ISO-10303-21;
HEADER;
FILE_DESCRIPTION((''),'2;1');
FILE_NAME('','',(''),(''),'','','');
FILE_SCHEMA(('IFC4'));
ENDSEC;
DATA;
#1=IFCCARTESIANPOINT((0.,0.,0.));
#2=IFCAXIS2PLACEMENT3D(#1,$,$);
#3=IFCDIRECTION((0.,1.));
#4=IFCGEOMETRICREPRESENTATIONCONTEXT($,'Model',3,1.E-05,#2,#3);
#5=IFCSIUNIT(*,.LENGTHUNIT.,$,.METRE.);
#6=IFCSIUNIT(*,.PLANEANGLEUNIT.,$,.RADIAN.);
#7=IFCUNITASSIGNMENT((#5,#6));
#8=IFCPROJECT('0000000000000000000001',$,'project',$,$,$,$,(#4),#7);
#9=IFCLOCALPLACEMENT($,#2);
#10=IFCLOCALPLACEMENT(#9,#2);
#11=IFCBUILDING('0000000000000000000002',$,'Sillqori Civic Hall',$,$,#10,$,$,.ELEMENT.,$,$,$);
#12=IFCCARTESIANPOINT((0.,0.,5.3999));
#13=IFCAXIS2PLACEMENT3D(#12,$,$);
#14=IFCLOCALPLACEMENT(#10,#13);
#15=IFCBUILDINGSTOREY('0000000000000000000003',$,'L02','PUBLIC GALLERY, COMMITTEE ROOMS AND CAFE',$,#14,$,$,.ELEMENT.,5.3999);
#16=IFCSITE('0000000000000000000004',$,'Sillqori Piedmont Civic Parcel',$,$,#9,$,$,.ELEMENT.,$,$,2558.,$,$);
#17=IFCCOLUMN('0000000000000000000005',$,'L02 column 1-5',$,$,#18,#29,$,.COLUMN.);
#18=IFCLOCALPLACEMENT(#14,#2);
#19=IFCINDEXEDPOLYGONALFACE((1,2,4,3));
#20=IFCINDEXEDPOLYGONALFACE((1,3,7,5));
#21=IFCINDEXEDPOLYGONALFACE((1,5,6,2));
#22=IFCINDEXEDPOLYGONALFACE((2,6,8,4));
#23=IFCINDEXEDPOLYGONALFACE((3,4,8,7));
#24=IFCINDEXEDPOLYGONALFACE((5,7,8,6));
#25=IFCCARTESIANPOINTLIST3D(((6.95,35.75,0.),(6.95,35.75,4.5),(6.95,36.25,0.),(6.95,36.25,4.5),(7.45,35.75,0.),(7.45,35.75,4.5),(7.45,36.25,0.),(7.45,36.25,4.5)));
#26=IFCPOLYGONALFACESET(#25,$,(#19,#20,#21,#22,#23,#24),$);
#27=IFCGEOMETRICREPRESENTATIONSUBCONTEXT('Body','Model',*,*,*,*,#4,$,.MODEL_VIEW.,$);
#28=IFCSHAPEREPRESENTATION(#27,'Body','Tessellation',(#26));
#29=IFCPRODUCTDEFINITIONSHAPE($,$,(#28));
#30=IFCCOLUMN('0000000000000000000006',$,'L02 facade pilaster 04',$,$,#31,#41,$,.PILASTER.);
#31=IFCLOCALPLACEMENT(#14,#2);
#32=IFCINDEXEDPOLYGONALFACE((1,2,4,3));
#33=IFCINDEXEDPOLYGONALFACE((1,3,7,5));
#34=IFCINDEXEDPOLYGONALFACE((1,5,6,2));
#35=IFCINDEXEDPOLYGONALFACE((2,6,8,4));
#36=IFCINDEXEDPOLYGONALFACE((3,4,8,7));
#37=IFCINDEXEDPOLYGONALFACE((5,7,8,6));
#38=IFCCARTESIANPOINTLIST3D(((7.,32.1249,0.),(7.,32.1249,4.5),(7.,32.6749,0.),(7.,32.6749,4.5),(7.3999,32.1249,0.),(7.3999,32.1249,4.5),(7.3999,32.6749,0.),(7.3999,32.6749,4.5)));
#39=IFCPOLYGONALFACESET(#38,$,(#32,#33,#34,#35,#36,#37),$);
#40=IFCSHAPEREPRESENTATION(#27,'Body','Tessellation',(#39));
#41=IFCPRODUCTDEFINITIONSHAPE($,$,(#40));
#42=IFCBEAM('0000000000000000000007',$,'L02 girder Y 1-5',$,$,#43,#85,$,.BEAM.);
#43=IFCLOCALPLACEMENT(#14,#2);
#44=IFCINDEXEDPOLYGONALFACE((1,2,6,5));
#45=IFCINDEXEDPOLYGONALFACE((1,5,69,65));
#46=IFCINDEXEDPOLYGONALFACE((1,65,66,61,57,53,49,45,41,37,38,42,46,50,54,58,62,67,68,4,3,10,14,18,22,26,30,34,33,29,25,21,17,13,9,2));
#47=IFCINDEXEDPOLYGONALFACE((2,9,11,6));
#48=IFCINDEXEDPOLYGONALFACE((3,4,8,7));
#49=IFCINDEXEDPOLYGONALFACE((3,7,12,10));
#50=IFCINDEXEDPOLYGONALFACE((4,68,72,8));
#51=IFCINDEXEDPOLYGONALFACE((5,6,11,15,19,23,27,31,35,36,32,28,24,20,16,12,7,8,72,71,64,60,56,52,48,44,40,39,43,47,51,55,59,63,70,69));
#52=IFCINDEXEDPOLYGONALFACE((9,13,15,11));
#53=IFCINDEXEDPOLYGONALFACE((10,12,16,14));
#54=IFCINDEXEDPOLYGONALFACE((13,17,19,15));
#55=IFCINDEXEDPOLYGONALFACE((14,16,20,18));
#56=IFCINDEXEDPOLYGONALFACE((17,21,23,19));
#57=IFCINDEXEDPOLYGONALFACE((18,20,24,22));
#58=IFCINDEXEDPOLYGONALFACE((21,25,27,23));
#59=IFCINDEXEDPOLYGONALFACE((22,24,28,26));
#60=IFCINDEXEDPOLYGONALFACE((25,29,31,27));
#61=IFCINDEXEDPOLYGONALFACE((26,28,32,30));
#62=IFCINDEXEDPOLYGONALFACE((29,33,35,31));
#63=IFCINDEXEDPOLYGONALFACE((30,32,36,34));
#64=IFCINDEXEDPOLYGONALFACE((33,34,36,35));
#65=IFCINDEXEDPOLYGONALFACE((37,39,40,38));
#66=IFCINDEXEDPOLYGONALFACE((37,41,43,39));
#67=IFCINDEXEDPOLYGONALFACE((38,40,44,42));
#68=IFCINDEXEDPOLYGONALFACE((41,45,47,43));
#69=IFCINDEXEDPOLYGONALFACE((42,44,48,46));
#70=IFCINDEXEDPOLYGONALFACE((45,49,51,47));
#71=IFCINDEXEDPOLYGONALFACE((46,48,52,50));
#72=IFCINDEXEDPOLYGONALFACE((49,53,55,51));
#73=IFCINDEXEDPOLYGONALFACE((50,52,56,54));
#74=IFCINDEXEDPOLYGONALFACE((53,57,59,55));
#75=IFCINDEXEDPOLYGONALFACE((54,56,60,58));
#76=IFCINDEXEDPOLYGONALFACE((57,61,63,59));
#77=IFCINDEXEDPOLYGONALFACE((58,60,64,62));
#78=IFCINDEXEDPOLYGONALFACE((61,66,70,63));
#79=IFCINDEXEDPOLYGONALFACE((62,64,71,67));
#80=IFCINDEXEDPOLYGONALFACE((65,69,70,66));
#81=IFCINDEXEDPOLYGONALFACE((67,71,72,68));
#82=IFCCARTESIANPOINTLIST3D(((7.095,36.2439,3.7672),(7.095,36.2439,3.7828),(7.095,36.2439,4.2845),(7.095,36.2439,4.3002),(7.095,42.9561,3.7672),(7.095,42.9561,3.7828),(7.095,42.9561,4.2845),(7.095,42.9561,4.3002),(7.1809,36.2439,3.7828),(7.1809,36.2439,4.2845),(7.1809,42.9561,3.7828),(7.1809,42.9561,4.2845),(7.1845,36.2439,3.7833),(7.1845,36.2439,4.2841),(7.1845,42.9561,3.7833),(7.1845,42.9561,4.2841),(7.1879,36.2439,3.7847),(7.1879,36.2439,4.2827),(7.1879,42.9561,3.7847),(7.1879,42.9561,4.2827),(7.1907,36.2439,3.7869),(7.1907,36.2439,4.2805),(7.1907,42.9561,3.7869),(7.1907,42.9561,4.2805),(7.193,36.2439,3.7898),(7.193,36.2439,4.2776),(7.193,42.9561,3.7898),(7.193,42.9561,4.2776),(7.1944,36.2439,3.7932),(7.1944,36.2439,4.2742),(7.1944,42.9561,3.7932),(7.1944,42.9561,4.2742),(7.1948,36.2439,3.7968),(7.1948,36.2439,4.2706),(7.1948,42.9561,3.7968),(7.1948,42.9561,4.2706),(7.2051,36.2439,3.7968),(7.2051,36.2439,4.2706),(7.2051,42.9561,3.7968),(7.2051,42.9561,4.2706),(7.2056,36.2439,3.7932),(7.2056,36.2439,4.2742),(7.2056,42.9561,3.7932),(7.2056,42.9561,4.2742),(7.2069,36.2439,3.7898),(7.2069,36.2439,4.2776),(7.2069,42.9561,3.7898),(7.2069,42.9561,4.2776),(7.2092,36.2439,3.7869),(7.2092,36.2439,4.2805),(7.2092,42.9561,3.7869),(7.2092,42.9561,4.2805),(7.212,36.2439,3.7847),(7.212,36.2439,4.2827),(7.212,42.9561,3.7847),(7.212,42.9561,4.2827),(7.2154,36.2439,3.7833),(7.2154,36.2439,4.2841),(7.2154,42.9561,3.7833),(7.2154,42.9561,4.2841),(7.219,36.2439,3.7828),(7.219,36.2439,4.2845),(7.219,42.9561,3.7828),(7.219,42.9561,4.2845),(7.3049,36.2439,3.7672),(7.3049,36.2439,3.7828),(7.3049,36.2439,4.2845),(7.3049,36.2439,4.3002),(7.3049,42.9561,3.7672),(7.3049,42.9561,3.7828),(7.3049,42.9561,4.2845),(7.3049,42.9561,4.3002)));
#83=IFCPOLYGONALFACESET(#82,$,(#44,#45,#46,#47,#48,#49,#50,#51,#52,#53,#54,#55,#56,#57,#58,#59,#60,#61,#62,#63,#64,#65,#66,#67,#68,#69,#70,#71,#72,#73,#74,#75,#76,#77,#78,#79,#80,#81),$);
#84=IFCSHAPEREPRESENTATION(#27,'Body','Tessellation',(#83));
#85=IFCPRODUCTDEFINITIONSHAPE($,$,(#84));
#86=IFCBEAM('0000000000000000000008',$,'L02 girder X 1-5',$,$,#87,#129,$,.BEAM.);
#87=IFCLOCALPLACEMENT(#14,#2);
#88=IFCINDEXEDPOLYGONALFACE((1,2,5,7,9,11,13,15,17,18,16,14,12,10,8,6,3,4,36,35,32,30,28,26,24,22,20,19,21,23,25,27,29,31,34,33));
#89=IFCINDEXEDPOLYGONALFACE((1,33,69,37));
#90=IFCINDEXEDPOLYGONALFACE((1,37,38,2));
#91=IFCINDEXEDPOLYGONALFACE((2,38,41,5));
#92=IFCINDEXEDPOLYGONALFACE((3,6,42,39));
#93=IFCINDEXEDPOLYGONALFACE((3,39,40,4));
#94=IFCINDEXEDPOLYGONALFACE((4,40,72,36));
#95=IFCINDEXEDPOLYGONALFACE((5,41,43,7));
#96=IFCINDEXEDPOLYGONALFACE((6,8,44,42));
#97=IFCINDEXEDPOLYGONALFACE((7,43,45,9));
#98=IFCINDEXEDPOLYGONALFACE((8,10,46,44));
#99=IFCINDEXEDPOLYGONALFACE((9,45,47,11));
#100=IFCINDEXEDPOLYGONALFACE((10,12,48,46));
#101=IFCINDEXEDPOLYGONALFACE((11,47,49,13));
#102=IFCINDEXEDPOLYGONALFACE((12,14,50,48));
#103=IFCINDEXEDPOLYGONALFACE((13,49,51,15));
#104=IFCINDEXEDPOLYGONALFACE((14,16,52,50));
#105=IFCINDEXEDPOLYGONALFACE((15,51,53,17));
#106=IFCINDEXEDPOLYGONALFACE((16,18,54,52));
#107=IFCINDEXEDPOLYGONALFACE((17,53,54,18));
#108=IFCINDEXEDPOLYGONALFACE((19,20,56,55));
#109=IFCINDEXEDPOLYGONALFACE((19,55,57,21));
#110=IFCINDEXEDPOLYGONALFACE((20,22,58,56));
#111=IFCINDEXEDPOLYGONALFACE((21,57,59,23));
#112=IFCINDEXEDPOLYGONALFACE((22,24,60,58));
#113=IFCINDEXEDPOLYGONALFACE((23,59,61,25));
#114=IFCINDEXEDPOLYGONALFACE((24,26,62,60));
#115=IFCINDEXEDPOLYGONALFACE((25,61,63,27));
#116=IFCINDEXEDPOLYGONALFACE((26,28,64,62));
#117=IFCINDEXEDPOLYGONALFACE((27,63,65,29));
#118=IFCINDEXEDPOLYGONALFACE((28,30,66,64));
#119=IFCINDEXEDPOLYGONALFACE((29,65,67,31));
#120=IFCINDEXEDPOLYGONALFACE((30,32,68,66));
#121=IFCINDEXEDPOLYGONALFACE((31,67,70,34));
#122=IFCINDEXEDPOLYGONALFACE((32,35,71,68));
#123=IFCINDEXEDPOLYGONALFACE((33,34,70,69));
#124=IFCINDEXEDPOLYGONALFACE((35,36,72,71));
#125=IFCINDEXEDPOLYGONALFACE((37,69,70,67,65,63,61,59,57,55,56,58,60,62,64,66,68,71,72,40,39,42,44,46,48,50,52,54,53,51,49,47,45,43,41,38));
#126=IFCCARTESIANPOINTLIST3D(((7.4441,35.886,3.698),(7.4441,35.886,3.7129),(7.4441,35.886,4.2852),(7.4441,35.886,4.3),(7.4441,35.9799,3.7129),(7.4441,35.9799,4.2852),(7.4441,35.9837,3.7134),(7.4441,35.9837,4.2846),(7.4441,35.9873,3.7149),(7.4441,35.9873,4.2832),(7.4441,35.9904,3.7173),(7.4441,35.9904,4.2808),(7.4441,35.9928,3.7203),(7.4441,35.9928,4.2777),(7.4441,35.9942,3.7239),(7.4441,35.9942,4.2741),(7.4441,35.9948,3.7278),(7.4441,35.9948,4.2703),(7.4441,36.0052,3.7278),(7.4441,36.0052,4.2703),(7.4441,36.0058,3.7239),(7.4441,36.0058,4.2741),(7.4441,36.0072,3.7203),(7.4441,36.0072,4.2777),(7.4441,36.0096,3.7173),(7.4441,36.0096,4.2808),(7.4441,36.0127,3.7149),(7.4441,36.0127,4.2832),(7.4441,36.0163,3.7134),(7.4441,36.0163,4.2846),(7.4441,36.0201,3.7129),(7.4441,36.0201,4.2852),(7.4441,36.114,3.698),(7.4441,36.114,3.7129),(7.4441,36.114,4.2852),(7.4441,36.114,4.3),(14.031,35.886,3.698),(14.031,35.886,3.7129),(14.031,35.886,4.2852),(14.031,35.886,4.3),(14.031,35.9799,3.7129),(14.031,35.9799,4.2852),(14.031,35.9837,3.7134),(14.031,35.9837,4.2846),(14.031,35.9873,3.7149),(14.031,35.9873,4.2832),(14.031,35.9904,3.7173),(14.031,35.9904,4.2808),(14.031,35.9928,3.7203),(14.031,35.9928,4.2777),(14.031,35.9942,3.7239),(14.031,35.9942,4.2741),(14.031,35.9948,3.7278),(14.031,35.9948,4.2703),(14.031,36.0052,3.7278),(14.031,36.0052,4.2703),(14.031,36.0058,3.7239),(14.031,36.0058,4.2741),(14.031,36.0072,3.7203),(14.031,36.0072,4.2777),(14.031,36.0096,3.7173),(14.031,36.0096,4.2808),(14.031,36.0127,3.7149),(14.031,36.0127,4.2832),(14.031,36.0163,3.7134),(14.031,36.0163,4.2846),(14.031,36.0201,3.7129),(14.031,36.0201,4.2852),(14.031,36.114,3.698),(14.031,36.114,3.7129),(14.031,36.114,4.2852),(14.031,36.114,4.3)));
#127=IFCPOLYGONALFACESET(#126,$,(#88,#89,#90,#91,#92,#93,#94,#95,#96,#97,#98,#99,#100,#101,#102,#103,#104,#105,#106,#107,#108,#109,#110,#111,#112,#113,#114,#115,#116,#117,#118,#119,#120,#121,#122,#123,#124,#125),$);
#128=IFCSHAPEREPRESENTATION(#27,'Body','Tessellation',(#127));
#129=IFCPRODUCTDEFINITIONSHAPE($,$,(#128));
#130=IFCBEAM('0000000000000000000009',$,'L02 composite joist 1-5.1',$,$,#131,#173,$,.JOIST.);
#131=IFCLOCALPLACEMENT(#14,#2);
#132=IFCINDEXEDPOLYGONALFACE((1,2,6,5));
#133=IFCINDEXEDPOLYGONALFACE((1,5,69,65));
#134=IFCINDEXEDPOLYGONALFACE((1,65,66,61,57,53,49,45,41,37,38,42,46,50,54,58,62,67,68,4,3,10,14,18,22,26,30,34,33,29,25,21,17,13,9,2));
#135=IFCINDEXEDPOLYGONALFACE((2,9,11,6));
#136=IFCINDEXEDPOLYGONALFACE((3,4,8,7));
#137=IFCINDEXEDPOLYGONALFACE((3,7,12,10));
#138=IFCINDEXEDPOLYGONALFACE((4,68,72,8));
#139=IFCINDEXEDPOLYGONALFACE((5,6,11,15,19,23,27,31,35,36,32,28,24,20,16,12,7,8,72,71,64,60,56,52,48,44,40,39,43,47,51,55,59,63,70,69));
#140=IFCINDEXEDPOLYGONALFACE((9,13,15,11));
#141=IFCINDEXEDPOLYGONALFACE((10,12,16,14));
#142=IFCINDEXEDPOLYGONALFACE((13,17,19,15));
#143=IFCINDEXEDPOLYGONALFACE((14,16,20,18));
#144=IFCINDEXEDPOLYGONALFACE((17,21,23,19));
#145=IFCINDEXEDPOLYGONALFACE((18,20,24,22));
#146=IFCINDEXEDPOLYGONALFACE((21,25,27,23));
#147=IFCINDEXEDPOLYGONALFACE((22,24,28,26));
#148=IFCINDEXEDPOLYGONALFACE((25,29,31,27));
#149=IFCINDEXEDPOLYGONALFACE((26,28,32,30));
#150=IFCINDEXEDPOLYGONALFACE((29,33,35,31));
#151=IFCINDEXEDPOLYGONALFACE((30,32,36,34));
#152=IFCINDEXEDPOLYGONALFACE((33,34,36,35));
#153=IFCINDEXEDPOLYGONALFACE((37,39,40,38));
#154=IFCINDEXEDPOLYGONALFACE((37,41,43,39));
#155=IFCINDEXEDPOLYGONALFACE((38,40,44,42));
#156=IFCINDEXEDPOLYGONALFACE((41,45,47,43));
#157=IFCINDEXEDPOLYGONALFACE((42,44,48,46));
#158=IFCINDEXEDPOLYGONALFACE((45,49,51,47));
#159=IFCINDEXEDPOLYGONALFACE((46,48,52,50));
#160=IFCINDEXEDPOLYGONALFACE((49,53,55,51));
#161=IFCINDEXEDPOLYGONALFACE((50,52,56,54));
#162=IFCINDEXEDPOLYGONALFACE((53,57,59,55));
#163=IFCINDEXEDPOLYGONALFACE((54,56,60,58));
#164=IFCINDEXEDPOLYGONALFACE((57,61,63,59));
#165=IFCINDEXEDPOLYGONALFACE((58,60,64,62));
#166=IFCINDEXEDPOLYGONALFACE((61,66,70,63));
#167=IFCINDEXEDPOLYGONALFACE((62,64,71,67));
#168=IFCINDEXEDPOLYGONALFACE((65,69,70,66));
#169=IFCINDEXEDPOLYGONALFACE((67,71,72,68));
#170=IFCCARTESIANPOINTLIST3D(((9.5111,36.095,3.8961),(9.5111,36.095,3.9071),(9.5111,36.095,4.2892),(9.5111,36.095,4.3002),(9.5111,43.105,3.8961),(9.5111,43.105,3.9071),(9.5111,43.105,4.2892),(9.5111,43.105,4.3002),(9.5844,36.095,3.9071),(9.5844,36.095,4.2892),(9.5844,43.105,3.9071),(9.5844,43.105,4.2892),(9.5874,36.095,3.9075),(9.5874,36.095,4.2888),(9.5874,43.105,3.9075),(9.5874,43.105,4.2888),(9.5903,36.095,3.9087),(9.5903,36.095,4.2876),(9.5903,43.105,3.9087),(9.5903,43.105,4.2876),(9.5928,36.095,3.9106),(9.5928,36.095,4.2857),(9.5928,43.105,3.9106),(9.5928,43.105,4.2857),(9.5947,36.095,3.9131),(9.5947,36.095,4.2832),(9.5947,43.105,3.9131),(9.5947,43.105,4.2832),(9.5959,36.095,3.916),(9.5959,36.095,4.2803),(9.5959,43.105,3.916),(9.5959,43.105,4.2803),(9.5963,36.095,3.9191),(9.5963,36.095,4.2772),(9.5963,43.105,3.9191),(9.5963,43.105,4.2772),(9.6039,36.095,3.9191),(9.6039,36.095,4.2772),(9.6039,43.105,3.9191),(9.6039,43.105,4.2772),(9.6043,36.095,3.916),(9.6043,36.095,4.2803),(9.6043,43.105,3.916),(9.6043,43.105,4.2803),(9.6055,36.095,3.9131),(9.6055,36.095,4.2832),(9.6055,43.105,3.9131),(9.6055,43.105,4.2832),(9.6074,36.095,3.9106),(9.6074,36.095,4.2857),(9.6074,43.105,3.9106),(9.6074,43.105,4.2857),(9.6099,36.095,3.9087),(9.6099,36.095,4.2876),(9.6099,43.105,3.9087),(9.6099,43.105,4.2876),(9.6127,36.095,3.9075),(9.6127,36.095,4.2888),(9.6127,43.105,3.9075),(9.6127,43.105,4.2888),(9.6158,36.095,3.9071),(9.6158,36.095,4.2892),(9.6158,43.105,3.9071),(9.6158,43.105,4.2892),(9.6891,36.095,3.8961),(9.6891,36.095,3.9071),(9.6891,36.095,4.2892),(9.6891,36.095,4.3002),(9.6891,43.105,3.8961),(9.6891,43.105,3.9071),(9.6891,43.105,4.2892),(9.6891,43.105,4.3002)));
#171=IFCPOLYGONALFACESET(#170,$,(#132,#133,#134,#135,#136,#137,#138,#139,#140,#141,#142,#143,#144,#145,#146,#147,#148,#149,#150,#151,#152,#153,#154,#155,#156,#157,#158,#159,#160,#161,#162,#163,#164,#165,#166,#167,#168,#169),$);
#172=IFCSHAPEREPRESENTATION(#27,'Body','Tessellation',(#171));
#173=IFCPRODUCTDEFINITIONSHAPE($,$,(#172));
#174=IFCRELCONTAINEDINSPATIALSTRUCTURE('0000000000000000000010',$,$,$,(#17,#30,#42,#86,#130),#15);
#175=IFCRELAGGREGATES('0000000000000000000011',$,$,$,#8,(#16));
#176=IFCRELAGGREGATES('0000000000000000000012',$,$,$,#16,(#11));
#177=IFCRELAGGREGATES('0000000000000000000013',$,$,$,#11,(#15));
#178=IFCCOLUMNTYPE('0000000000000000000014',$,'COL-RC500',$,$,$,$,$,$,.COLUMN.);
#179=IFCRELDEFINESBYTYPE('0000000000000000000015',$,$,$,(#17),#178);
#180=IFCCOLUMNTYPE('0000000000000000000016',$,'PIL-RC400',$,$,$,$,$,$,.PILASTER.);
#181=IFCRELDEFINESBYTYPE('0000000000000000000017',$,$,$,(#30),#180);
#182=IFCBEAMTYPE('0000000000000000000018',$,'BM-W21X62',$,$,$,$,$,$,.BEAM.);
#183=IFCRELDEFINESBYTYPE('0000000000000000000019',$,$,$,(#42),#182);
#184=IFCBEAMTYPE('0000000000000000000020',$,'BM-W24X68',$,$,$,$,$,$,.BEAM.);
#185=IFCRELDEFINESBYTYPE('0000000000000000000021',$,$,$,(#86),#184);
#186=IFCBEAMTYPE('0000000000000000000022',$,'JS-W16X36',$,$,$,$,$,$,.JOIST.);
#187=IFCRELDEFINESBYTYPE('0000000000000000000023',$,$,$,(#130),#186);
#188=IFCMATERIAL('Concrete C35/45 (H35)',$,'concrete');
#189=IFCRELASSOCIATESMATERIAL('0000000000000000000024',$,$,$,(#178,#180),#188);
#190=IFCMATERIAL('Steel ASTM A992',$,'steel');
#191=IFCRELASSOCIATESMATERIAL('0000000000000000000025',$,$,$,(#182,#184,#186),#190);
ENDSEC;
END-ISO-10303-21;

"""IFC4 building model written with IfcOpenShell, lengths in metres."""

from ifc_helpers import new_model, si_unit, direction, frame, origin, origin_2d, place, context, subcontext, project, spatial, rectangle, i_section, extrude, material, material_profile, profile_set, type_object, element, save


model = new_model("IFC4")

# Units and contexts
model_context = context("Model", 3, precision=1e-05, world=origin(), true_north=direction((0.0, 1.0)))
body_context = subcontext(model_context, "Body", "Model", "MODEL_VIEW")
ifc_project = project(units=[si_unit("LENGTHUNIT", "METRE"), si_unit("PLANEANGLEUNIT", "RADIAN")], contexts=[model_context])

# Site, building, storey
site_placement = place(None, origin())
site = spatial("IfcSite", under=ifc_project, at=site_placement, Name="Sillqori Piedmont Civic Parcel", CompositionType="ELEMENT", RefElevation=2558.0)
building_placement = place(site_placement, origin())
building = spatial("IfcBuilding", under=site, at=building_placement, Name="Sillqori Civic Hall", CompositionType="ELEMENT")
storey_placement = place(building_placement, frame((0.0, 0.0, 5.3999)))
storey = spatial("IfcBuildingStorey", under=building, at=storey_placement, Name="L02", Description="PUBLIC GALLERY, COMMITTEE ROOMS AND CAFE", CompositionType="ELEMENT", Elevation=5.3999)

# Columns
ifc_material_1 = material(Name="Concrete C35/45 (H35)", Category="concrete")
ifc_material_profile_1 = material_profile(ifc_material_1, rectangle(XDim=0.5, YDim=0.5, at=origin_2d()), Name="RC 500x500")
ifc_profile_set_1 = profile_set([ifc_material_profile_1], Name="Concrete C35/45 (H35)")
column_type_1 = type_object("IfcColumnType", Name="COL-RC500", PredefinedType="COLUMN", material=ifc_profile_set_1)
column_1_placement = place(storey_placement, frame((7.2, 36.0, 0.0), z_axis=(0.0, 0.0, 1.0), x_axis=(1.0, 0.0, 0.0)))
element("IfcColumn", 1, at=column_1_placement, inside=storey, type_object=column_type_1, Name="L02 column 1-5", PredefinedType="COLUMN", context=body_context, shape_type="SweptSolid", body=[
    extrude(rectangle(XDim=0.5, YDim=0.5, at=origin_2d()), origin(), (0.0, 0.0, 1.0), 4.5),
])
ifc_material_profile_2 = material_profile(ifc_material_1, rectangle(XDim=0.3999, YDim=0.55, at=origin_2d()), Name="RC 400x550")
ifc_profile_set_2 = profile_set([ifc_material_profile_2], Name="Concrete C35/45 (H35)")
column_type_2 = type_object("IfcColumnType", Name="PIL-RC400", PredefinedType="PILASTER", material=ifc_profile_set_2)
column_2_placement = place(storey_placement, frame((7.2, 32.3999, 0.0), z_axis=(0.0, 0.0, 1.0), x_axis=(1.0, 0.0, 0.0)))
element("IfcColumn", 2, at=column_2_placement, inside=storey, type_object=column_type_2, Name="L02 facade pilaster 04", PredefinedType="PILASTER", context=body_context, shape_type="SweptSolid", body=[
    extrude(rectangle(XDim=0.3999, YDim=0.55, at=origin_2d()), origin(), (0.0, 0.0, 1.0), 4.5),
])

# Beams
ifc_material_2 = material(Name="Steel ASTM A992", Category="steel")
ifc_material_profile_3 = material_profile(ifc_material_2, i_section(OverallWidth=0.21, OverallDepth=0.533, WebThickness=0.0103, FlangeThickness=0.0156, FilletRadius=0.0139, at=origin_2d()), Name="W21X62")
ifc_profile_set_3 = profile_set([ifc_material_profile_3], Name="Steel ASTM A992")
beam_type_1 = type_object("IfcBeamType", Name="BM-W21X62", PredefinedType="BEAM", material=ifc_profile_set_3)
beam_1_placement = place(storey_placement, frame((7.2, 36.2439, 4.0337), z_axis=(0.0, 1.0, 0.0), x_axis=(-1.0, 0.0, 0.0)))
element("IfcBeam", 3, at=beam_1_placement, inside=storey, type_object=beam_type_1, Name="L02 girder Y 1-5", PredefinedType="BEAM", context=body_context, shape_type="SweptSolid", body=[
    extrude(i_section(OverallWidth=0.21, OverallDepth=0.533, WebThickness=0.0103, FlangeThickness=0.0156, FilletRadius=0.0139, at=origin_2d()), origin(), (0.0, 0.0, 1.0), 6.7122),
])
ifc_material_profile_4 = material_profile(ifc_material_2, i_section(OverallWidth=0.228, OverallDepth=0.6021, WebThickness=0.0105, FlangeThickness=0.0149, FilletRadius=0.0149, at=origin_2d()), Name="W24X68")
ifc_profile_set_4 = profile_set([ifc_material_profile_4], Name="Steel ASTM A992")
beam_type_2 = type_object("IfcBeamType", Name="BM-W24X68", PredefinedType="BEAM", material=ifc_profile_set_4)
beam_2_placement = place(storey_placement, frame((7.4441, 36.0, 3.999), z_axis=(1.0, 0.0, 0.0), x_axis=(0.0, 1.0, 0.0)))
element("IfcBeam", 4, at=beam_2_placement, inside=storey, type_object=beam_type_2, Name="L02 girder X 1-5", PredefinedType="BEAM", context=body_context, shape_type="SweptSolid", body=[
    extrude(i_section(OverallWidth=0.228, OverallDepth=0.6021, WebThickness=0.0105, FlangeThickness=0.0149, FilletRadius=0.0149, at=origin_2d()), origin(), (0.0, 0.0, 1.0), 6.5869),
])
ifc_material_profile_5 = material_profile(ifc_material_2, i_section(OverallWidth=0.178, OverallDepth=0.4041, WebThickness=0.0076, FlangeThickness=0.011, FilletRadius=0.012, at=origin_2d()), Name="W16X36")
ifc_profile_set_5 = profile_set([ifc_material_profile_5], Name="Steel ASTM A992")
beam_type_3 = type_object("IfcBeamType", Name="JS-W16X36", PredefinedType="JOIST", material=ifc_profile_set_5)
for number, where, z_axis, x_axis, name in (
    (5, (9.6001, 36.095, 4.0981), (0.0, 1.0, 0.0), (-1.0, 0.0, 0.0), "L02 composite joist 1-5.1"),
):
    element("IfcBeam", number, at=place(storey_placement, frame(where, z_axis=z_axis, x_axis=x_axis)), inside=storey, type_object=beam_type_3, Name=name, PredefinedType="JOIST", context=body_context, shape_type="SweptSolid", body=[
        extrude(i_section(OverallWidth=0.178, OverallDepth=0.4041, WebThickness=0.0076, FlangeThickness=0.011, FilletRadius=0.012, at=origin_2d()), origin(), (0.0, 0.0, 1.0), 7.01),
    ])

save(model, "model.ifc")
